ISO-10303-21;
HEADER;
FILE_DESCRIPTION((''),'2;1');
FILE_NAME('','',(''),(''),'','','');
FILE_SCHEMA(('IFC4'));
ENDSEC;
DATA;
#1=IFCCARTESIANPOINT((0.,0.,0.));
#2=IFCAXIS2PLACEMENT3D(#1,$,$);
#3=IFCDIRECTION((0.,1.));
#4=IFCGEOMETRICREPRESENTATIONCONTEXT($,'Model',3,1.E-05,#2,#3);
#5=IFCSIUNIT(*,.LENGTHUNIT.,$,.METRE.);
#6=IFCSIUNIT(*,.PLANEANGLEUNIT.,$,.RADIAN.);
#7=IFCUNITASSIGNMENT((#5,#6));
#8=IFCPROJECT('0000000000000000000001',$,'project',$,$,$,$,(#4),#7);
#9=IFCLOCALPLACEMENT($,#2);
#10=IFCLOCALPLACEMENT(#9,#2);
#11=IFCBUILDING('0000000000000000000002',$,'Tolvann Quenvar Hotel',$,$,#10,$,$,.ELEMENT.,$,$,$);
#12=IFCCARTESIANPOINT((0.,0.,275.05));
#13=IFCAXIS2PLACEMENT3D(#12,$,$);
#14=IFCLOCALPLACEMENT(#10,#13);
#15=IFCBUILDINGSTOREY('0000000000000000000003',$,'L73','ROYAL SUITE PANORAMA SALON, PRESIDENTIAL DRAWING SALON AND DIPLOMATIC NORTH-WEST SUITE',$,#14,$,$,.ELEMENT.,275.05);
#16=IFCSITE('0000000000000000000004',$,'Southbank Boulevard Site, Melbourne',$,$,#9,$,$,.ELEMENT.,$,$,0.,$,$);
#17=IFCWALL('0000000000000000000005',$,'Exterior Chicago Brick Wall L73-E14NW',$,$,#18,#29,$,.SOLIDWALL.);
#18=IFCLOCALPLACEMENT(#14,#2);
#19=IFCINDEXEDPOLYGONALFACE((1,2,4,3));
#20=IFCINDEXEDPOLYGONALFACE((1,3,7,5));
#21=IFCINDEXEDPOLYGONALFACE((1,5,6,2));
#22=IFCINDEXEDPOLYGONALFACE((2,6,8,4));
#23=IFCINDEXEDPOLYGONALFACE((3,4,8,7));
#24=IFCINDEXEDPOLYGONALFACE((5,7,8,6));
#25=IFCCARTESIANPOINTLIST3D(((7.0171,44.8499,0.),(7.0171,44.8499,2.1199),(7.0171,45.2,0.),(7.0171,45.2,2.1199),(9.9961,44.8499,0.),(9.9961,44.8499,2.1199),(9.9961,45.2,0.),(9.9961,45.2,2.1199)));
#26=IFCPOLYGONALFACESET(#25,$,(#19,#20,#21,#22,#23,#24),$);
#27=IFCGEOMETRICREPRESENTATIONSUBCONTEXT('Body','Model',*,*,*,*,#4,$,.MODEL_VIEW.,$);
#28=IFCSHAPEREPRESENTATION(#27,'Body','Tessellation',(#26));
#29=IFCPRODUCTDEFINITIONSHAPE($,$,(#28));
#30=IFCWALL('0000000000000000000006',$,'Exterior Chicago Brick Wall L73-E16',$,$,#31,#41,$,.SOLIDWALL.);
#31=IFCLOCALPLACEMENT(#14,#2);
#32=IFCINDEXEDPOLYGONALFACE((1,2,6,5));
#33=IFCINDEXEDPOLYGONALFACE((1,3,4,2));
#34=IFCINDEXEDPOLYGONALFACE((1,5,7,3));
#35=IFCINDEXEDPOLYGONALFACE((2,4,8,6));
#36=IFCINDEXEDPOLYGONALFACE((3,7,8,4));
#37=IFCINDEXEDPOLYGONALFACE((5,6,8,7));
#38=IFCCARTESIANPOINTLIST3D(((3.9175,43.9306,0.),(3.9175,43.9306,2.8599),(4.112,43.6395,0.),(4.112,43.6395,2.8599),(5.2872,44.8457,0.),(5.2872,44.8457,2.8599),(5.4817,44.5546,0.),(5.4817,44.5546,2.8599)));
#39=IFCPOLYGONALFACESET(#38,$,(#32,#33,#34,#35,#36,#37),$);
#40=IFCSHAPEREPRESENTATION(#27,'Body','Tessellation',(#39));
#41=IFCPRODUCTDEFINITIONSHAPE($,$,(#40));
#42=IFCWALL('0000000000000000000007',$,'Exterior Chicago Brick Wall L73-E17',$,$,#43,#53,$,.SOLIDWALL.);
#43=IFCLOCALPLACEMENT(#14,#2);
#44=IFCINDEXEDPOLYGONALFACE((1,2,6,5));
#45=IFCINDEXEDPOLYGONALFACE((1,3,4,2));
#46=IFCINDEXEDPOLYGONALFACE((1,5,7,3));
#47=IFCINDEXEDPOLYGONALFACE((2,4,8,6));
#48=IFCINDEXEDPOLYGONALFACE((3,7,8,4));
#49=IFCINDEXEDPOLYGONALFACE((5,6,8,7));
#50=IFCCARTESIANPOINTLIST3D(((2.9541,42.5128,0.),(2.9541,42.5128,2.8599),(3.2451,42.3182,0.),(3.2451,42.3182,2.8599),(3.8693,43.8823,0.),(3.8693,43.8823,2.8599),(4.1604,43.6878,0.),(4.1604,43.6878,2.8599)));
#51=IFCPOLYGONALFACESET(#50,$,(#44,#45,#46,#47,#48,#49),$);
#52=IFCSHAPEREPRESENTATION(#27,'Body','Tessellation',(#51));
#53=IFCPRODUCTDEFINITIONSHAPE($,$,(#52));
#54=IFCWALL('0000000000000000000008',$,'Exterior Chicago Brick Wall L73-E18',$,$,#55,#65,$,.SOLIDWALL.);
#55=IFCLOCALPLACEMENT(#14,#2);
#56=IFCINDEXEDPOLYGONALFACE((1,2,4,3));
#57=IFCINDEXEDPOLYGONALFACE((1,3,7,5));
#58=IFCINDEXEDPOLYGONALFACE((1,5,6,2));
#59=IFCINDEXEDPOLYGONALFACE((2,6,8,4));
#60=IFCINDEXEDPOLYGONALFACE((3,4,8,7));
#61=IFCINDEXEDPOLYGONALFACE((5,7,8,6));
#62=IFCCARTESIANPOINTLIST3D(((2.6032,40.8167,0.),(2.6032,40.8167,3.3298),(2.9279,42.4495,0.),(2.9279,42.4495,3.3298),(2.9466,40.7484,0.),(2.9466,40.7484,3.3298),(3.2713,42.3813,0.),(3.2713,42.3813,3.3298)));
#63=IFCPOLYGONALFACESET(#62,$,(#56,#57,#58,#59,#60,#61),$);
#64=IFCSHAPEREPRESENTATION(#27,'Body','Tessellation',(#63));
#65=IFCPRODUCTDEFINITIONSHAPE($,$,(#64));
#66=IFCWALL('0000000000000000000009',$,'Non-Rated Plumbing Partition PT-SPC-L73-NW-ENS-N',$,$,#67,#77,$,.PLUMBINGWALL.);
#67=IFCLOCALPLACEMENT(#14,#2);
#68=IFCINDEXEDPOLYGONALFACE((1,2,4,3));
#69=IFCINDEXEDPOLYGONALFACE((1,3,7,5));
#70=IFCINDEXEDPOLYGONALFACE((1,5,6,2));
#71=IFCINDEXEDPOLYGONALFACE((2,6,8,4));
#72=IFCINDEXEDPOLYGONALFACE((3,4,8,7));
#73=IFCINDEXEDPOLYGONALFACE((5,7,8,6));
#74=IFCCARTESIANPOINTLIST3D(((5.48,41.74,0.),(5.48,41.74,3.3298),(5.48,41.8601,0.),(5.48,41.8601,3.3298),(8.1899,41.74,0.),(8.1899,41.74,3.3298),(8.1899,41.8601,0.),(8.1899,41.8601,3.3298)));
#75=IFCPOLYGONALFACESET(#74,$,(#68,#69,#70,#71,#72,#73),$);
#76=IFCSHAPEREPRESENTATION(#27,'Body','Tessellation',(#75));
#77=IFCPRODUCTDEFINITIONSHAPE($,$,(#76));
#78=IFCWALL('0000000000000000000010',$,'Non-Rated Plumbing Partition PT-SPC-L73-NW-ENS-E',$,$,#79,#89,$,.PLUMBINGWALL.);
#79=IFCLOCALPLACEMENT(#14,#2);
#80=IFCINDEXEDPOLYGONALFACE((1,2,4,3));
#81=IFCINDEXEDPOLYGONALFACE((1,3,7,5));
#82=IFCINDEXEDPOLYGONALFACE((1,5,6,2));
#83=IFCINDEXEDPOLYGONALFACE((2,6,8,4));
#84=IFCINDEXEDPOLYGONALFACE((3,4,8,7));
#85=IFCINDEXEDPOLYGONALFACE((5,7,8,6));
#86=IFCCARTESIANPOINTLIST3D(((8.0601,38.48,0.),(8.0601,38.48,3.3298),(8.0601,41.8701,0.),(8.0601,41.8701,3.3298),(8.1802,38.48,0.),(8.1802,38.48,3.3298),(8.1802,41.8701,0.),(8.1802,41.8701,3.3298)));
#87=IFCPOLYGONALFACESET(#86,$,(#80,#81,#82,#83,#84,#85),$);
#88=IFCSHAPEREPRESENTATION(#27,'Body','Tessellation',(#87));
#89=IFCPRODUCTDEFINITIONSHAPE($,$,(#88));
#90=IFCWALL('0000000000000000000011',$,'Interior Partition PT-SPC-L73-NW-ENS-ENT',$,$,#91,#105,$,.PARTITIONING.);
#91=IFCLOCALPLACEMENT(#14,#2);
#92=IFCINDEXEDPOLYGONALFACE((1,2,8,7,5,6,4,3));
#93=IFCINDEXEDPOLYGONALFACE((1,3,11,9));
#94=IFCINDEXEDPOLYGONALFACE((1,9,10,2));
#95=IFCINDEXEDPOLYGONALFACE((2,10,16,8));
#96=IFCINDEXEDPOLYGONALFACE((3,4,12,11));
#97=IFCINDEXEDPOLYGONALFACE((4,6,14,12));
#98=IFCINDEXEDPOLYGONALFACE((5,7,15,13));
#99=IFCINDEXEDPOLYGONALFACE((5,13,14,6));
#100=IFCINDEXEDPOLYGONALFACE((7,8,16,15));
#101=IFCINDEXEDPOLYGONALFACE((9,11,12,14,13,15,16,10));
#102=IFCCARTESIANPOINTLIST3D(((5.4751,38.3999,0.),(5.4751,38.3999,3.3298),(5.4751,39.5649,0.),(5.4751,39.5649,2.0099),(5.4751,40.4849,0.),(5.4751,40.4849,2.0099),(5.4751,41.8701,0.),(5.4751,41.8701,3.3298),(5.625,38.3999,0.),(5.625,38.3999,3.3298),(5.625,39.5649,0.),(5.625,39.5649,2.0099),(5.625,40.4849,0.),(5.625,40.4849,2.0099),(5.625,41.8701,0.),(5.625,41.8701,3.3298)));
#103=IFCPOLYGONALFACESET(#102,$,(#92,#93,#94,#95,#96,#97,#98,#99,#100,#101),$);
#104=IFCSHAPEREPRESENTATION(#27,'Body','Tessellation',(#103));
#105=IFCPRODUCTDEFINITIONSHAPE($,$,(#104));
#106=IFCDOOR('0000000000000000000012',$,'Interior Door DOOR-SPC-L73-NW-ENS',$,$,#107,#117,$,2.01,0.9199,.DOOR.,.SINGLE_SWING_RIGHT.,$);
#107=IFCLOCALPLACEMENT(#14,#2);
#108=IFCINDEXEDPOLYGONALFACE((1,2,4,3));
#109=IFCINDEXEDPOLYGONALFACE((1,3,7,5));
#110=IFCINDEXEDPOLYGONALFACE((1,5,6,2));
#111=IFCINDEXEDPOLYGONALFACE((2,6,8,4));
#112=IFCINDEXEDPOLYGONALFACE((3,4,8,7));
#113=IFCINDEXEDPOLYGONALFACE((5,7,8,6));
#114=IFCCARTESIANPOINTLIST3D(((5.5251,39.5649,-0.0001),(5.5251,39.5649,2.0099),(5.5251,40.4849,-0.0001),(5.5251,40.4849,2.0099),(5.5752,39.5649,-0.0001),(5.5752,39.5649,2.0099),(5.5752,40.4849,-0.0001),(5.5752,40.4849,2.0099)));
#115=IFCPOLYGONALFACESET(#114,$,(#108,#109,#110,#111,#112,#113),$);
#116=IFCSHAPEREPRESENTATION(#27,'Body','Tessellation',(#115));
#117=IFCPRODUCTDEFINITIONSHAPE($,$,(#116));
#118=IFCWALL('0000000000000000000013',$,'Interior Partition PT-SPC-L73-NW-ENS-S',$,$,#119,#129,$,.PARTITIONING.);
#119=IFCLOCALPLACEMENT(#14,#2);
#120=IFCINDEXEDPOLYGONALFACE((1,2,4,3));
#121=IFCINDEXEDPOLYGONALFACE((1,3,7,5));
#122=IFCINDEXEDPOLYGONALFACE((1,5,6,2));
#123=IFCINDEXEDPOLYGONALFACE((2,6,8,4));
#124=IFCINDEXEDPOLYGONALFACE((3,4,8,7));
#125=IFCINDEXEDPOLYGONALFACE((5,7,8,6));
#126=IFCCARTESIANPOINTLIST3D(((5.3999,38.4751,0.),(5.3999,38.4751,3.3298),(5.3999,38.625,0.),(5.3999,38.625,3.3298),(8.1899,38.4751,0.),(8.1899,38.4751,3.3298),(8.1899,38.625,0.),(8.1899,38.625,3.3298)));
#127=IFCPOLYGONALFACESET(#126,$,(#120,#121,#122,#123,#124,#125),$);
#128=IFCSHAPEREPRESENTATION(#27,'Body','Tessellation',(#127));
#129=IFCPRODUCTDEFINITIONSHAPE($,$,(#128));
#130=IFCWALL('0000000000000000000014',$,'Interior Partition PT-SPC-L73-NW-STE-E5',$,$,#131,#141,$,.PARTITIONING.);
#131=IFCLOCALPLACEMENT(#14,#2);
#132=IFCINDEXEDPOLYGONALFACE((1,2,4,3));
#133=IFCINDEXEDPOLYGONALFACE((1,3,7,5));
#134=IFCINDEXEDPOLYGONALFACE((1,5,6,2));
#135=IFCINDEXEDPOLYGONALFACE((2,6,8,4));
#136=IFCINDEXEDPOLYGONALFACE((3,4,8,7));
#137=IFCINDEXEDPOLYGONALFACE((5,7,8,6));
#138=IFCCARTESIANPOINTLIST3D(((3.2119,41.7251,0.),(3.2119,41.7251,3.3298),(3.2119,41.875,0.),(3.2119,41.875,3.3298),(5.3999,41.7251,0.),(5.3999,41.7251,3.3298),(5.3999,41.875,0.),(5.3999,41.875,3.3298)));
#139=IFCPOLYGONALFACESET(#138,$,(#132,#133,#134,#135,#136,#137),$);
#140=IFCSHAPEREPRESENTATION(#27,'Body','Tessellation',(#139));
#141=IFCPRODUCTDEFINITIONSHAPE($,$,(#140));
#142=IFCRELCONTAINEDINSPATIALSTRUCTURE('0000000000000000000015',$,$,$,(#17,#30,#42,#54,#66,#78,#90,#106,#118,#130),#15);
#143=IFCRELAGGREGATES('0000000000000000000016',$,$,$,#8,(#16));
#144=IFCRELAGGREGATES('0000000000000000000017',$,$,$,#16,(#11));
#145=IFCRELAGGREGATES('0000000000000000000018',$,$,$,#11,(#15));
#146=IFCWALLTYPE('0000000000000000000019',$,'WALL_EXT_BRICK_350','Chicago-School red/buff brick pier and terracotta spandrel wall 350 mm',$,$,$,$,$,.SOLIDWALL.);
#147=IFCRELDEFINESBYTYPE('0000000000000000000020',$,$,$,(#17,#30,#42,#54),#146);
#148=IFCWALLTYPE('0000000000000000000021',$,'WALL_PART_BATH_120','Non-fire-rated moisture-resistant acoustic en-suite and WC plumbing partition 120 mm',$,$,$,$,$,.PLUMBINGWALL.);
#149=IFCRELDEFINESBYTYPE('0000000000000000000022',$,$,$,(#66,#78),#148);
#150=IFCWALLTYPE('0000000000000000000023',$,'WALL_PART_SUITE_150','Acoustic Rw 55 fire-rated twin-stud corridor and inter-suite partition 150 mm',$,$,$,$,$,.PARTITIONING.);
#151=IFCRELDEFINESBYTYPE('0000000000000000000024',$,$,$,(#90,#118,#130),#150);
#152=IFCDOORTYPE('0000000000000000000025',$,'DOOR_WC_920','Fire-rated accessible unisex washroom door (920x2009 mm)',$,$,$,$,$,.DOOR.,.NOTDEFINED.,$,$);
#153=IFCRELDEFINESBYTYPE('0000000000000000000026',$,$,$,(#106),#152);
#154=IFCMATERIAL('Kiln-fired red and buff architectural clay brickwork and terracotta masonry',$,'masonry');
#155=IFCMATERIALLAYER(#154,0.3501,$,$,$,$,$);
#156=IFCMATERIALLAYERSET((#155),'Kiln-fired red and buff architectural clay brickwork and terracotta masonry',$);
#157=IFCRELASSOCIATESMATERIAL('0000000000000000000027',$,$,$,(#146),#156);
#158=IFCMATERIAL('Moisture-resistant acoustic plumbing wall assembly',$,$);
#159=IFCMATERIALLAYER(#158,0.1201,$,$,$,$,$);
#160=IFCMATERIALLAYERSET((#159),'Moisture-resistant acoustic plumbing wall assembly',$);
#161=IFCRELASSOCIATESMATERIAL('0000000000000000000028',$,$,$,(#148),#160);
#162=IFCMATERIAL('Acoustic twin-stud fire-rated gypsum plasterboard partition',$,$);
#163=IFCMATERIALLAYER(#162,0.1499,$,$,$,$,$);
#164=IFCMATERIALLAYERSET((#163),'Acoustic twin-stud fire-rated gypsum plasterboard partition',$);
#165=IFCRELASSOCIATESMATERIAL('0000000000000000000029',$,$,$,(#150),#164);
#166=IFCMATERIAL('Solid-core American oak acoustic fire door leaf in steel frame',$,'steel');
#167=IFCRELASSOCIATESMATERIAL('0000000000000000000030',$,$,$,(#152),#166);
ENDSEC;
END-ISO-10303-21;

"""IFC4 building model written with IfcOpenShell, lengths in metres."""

from ifc_helpers import new_model, si_unit, direction, frame, frame_2d, origin, place, context, subcontext, project, spatial, rectangle, extrude, source, transform, mapped, material, layer, layer_set, type_object, type_shapes, element, fill, save


model = new_model("IFC4")

# Units and contexts
model_context = context("Model", 3, precision=1e-05, world=origin(), true_north=direction((0.0, 1.0)))
body_context = subcontext(model_context, "Body", "Model", "MODEL_VIEW")
ifc_project = project(units=[si_unit("LENGTHUNIT", "METRE"), si_unit("PLANEANGLEUNIT", "RADIAN")], contexts=[model_context])

# Site, building, storey
site_placement = place(None, origin())
site = spatial("IfcSite", under=ifc_project, at=site_placement, Name="Southbank Boulevard Site, Melbourne", CompositionType="ELEMENT", RefElevation=0.0)
building_placement = place(site_placement, origin())
building = spatial("IfcBuilding", under=site, at=building_placement, Name="Tolvann Quenvar Hotel", CompositionType="ELEMENT")
storey_placement = place(building_placement, frame((0.0, 0.0, 275.05)))
storey = spatial("IfcBuildingStorey", under=building, at=storey_placement, Name="L73", Description="ROYAL SUITE PANORAMA SALON, PRESIDENTIAL DRAWING SALON AND DIPLOMATIC NORTH-WEST SUITE", CompositionType="ELEMENT", Elevation=275.05)

# Walls
ifc_material_1 = material(Name="Kiln-fired red and buff architectural clay brickwork and terracotta masonry", Category="masonry")
ifc_layer_1 = layer(ifc_material_1, 0.3501)
ifc_layer_set_1 = layer_set([ifc_layer_1], Name="Kiln-fired red and buff architectural clay brickwork and terracotta masonry")
wall_type_1 = type_object("IfcWallType", Name="WALL_EXT_BRICK_350", Description="Chicago-School red/buff brick pier and terracotta spandrel wall 350 mm", PredefinedType="SOLIDWALL", material=ifc_layer_set_1)
wall_1_placement = place(storey_placement, frame((9.9961, 45.0249, 0.0), z_axis=(0.0, 0.0, 1.0), x_axis=(-1.0, 0.0, 0.0)))
element("IfcWall", 1, at=wall_1_placement, inside=storey, type_object=wall_type_1, Name="Exterior Chicago Brick Wall L73-E14NW", PredefinedType="SOLIDWALL", context=body_context, shape_type="SweptSolid", body=[
    extrude(rectangle(XDim=2.979, YDim=0.3501, at=frame_2d((1.4895, 0.0))), origin(), (0.0, 0.0, 1.0), 2.1199),
])
for number, where, z_axis, x_axis, name in (
    (2, (5.3845, 44.7002, 0.0), (0.0, 0.0, 1.0), (-0.831503, -0.555521, 0.0), "Exterior Chicago Brick Wall L73-E16"),
    (3, (4.0149, 43.7852, 0.0), (0.0, 0.0, 1.0), (-0.555623, -0.831434, 0.0), "Exterior Chicago Brick Wall L73-E17"),
):
    element("IfcWall", number, at=place(storey_placement, frame(where, z_axis=z_axis, x_axis=x_axis)), inside=storey, type_object=wall_type_1, Name=name, PredefinedType="SOLIDWALL", context=body_context, shape_type="SweptSolid", body=[
        extrude(rectangle(XDim=1.6472, YDim=0.3501, at=frame_2d((0.8237, 0.0))), origin(), (0.0, 0.0, 1.0), 2.8599),
    ])
wall_2_placement = place(storey_placement, frame((3.0996, 42.4155, 0.0), z_axis=(0.0, 0.0, 1.0), x_axis=(-0.195044, -0.980794, 0.0)))
element("IfcWall", 4, at=wall_2_placement, inside=storey, type_object=wall_type_1, Name="Exterior Chicago Brick Wall L73-E18", PredefinedType="SOLIDWALL", context=body_context, shape_type="SweptSolid", body=[
    extrude(rectangle(XDim=1.6648, YDim=0.3501, at=frame_2d((0.8325, 0.0))), origin(), (0.0, 0.0, 1.0), 3.3298),
])

# Walls
ifc_material_2 = material(Name="Moisture-resistant acoustic plumbing wall assembly")
ifc_layer_2 = layer(ifc_material_2, 0.1201)
ifc_layer_set_2 = layer_set([ifc_layer_2], Name="Moisture-resistant acoustic plumbing wall assembly")
wall_type_2 = type_object("IfcWallType", Name="WALL_PART_BATH_120", Description="Non-fire-rated moisture-resistant acoustic en-suite and WC plumbing partition 120 mm", PredefinedType="PLUMBINGWALL", material=ifc_layer_set_2)
wall_3_placement = place(storey_placement, frame((5.48, 41.8, 0.0), z_axis=(0.0, 0.0, 1.0), x_axis=(1.0, 0.0, 0.0)))
element("IfcWall", 5, at=wall_3_placement, inside=storey, type_object=wall_type_2, Name="Non-Rated Plumbing Partition PT-SPC-L73-NW-ENS-N", PredefinedType="PLUMBINGWALL", context=body_context, shape_type="SweptSolid", body=[
    extrude(rectangle(XDim=2.71, YDim=0.1201, at=frame_2d((1.355, 0.0))), origin(), (0.0, 0.0, 1.0), 3.3298),
])
wall_4_placement = place(storey_placement, frame((8.1201, 38.48, 0.0), z_axis=(0.0, 0.0, 1.0), x_axis=(0.0, 1.0, 0.0)))
element("IfcWall", 6, at=wall_4_placement, inside=storey, type_object=wall_type_2, Name="Non-Rated Plumbing Partition PT-SPC-L73-NW-ENS-E", PredefinedType="PLUMBINGWALL", context=body_context, shape_type="SweptSolid", body=[
    extrude(rectangle(XDim=3.3901, YDim=0.1201, at=frame_2d((1.6951, 0.0))), origin(), (0.0, 0.0, 1.0), 3.3298),
])

# Wall, opening, door
ifc_material_3 = material(Name="Acoustic twin-stud fire-rated gypsum plasterboard partition")
ifc_layer_3 = layer(ifc_material_3, 0.1499)
ifc_layer_set_3 = layer_set([ifc_layer_3], Name="Acoustic twin-stud fire-rated gypsum plasterboard partition")
wall_type_3 = type_object("IfcWallType", Name="WALL_PART_SUITE_150", Description="Acoustic Rw 55 fire-rated twin-stud corridor and inter-suite partition 150 mm", PredefinedType="PARTITIONING", material=ifc_layer_set_3)
wall_5_placement = place(storey_placement, frame((5.55, 38.3999, 0.0), z_axis=(0.0, 0.0, 1.0), x_axis=(0.0, 1.0, 0.0)))
wall_5 = element("IfcWall", 7, at=wall_5_placement, inside=storey, type_object=wall_type_3, Name="Interior Partition PT-SPC-L73-NW-ENS-ENT", PredefinedType="PARTITIONING", context=body_context, shape_type="SweptSolid", body=[
    extrude(rectangle(XDim=3.4702, YDim=0.1499, at=frame_2d((1.7351, 0.0))), origin(), (0.0, 0.0, 1.0), 3.3298),
])
opening_1_placement = place(wall_5_placement, frame((1.165, 0.0, 0.0)))
opening_1 = element("IfcOpeningElement", 8, at=opening_1_placement, cuts=wall_5, PredefinedType="OPENING", context=body_context, shape_type="SweptSolid", body=[
    extrude(rectangle(XDim=0.9199, YDim=2.01, at=frame_2d((0.46, 1.0049))), frame((0.0, 0.085, 0.0), z_axis=(0.0, -1.0, 0.0), x_axis=(1.0, 0.0, 0.0)), (0.0, 0.0, 1.0), 0.1699),
])
ifc_material_4 = material(Name="Solid-core American oak acoustic fire door leaf in steel frame", Category="steel")
door_type = type_object("IfcDoorType", Name="DOOR_WC_920", Description="Fire-rated accessible unisex washroom door (920x2009 mm)", OperationType="NOTDEFINED", PredefinedType="DOOR", material=ifc_material_4)
shared_shape_1 = source(origin(), body_context, "Body", "SweptSolid", [
    extrude(rectangle(XDim=0.9199, YDim=2.01, at=frame_2d((0.46, 1.0049))), frame((0.0, 0.0249, 0.0), z_axis=(0.0, -1.0, 0.0), x_axis=(1.0, 0.0, 0.0)), (0.0, 0.0, 1.0), 0.05),
])
type_shapes(door_type, [shared_shape_1])
door_placement = place(opening_1_placement, origin())
door = element("IfcDoor", 9, at=door_placement, inside=storey, type_object=door_type, Name="Interior Door DOOR-SPC-L73-NW-ENS", OperationType="SINGLE_SWING_RIGHT", OverallHeight=2.01, OverallWidth=0.9199, PredefinedType="DOOR", context=body_context, shape_type="MappedRepresentation", body=[
    mapped(shared_shape_1, transform((0.0, 0.0, 0.0), x_axis=(1.0, 0.0, 0.0), y_axis=(0.0, 1.0, 0.0), z_axis=(0.0, 0.0, 1.0), scale=1.0)),
])
fill(opening_1, door)

# Walls
wall_6_placement = place(storey_placement, frame((5.3999, 38.55, 0.0), z_axis=(0.0, 0.0, 1.0), x_axis=(1.0, 0.0, 0.0)))
element("IfcWall", 10, at=wall_6_placement, inside=storey, type_object=wall_type_3, Name="Interior Partition PT-SPC-L73-NW-ENS-S", PredefinedType="PARTITIONING", context=body_context, shape_type="SweptSolid", body=[
    extrude(rectangle(XDim=2.79, YDim=0.1499, at=frame_2d((1.395, 0.0))), origin(), (0.0, 0.0, 1.0), 3.3298),
])
wall_7_placement = place(storey_placement, frame((3.2119, 41.8, 0.0), z_axis=(0.0, 0.0, 1.0), x_axis=(1.0, 0.0, 0.0)))
element("IfcWall", 11, at=wall_7_placement, inside=storey, type_object=wall_type_3, Name="Interior Partition PT-SPC-L73-NW-STE-E5", PredefinedType="PARTITIONING", context=body_context, shape_type="SweptSolid", body=[
    extrude(rectangle(XDim=2.188, YDim=0.1499, at=frame_2d((1.094, 0.0))), origin(), (0.0, 0.0, 1.0), 3.3298),
])

save(model, "model.ifc")
